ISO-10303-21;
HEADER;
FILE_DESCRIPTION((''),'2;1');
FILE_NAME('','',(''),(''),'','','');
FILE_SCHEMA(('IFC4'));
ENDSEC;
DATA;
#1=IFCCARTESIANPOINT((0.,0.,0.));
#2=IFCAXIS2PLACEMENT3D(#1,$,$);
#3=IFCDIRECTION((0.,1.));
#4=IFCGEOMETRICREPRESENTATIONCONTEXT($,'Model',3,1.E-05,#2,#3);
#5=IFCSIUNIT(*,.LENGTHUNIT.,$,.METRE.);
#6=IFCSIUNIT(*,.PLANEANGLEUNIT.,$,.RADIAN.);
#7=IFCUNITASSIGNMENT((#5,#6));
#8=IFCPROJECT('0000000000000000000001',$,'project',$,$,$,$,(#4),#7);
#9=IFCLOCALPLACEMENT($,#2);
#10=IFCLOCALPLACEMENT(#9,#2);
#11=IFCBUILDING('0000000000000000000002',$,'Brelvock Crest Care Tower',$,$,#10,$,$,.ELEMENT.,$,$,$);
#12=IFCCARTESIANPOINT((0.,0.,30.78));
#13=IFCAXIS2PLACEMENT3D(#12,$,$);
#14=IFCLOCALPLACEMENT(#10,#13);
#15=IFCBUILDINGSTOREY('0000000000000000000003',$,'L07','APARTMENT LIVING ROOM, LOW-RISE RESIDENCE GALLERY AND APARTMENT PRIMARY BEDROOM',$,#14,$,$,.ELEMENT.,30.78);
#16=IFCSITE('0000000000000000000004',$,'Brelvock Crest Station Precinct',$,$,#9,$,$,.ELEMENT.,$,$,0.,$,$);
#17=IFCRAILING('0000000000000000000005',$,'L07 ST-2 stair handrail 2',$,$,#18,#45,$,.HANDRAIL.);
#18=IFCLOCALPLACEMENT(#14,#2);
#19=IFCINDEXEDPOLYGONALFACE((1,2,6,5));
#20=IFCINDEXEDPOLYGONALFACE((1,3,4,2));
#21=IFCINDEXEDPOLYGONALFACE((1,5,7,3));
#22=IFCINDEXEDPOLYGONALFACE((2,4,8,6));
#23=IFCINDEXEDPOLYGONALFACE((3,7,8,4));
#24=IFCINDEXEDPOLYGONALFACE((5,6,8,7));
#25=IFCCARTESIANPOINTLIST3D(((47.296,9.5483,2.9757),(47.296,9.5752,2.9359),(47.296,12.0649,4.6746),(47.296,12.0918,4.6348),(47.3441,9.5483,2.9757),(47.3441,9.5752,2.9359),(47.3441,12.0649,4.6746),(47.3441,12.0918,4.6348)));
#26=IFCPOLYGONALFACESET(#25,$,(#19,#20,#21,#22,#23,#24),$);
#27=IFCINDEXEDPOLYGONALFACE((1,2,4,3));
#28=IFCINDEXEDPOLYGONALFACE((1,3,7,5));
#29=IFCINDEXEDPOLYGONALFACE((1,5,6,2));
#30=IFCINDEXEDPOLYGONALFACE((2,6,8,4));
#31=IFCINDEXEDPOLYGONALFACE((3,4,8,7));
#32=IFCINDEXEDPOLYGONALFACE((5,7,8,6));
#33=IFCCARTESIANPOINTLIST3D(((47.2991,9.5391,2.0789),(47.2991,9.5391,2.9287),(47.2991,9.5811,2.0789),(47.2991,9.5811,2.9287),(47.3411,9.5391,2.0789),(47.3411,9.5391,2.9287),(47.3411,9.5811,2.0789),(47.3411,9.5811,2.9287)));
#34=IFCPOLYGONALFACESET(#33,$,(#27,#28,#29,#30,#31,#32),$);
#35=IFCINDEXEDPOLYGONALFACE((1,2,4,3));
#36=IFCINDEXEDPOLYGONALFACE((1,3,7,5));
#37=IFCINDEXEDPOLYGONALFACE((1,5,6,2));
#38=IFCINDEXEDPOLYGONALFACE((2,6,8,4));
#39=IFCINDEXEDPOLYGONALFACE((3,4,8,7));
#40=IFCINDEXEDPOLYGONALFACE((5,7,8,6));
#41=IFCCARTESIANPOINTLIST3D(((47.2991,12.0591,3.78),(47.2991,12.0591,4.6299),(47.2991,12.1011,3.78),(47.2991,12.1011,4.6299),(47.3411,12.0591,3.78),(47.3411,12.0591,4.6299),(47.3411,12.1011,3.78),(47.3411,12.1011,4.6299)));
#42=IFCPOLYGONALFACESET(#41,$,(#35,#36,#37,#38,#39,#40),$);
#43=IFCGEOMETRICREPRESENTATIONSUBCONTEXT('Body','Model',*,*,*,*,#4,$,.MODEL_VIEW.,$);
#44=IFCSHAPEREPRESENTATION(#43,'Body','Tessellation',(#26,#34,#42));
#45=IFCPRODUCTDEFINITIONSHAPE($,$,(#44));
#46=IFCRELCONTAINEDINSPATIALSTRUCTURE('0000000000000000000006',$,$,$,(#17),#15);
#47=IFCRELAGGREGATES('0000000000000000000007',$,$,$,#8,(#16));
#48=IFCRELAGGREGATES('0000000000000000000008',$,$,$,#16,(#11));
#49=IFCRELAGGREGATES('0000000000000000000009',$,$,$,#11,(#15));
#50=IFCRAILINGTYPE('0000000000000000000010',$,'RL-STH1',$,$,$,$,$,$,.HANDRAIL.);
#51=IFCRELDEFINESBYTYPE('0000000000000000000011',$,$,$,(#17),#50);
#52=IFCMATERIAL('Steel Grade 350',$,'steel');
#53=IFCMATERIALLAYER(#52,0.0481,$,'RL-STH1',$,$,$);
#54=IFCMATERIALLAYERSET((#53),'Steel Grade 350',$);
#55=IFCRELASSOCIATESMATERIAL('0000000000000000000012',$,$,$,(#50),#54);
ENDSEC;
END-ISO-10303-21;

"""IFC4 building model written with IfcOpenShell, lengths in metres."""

from ifc_helpers import new_model, si_unit, direction, frame, origin, origin_2d, place, context, subcontext, project, spatial, rectangle, extrude, material, layer, layer_set, type_object, element, save


model = new_model("IFC4")

# Units and contexts
model_context = context("Model", 3, precision=1e-05, world=origin(), true_north=direction((0.0, 1.0)))
body_context = subcontext(model_context, "Body", "Model", "MODEL_VIEW")
ifc_project = project(units=[si_unit("LENGTHUNIT", "METRE"), si_unit("PLANEANGLEUNIT", "RADIAN")], contexts=[model_context])

# Site, building, storey
site_placement = place(None, origin())
site = spatial("IfcSite", under=ifc_project, at=site_placement, Name="Brelvock Crest Station Precinct", CompositionType="ELEMENT", RefElevation=0.0)
building_placement = place(site_placement, origin())
building = spatial("IfcBuilding", under=site, at=building_placement, Name="Brelvock Crest Care Tower", CompositionType="ELEMENT")
storey_placement = place(building_placement, frame((0.0, 0.0, 30.78)))
storey = spatial("IfcBuildingStorey", under=building, at=storey_placement, Name="L07", Description="APARTMENT LIVING ROOM, LOW-RISE RESIDENCE GALLERY AND APARTMENT PRIMARY BEDROOM", CompositionType="ELEMENT", Elevation=30.78)

# Shared definitions
ifc_material_1 = material(Name="Steel Grade 350", Category="steel")

# Railing
ifc_layer_1 = layer(ifc_material_1, 0.0481, Name="RL-STH1")
ifc_layer_set_1 = layer_set([ifc_layer_1], Name="Steel Grade 350")
railing_type_1 = type_object("IfcRailingType", Name="RL-STH1", PredefinedType="HANDRAIL", material=ifc_layer_set_1)
railing_1_placement = place(storey_placement, frame((47.3201, 9.5601, 2.0789)))
element("IfcRailing", 1, at=railing_1_placement, inside=storey, type_object=railing_type_1, Name="L07 ST-2 stair handrail 2", PredefinedType="HANDRAIL", context=body_context, shape_type="SweptSolid", body=[
    extrude(rectangle(XDim=0.0481, YDim=0.0481, at=origin_2d()), frame((0.0, 0.0017, 0.877), z_axis=(0.0, 0.828824, 0.559509), x_axis=(-1.0, 0.0, 0.0)), (0.0, 0.0, 1.0), 3.0364),
    extrude(rectangle(XDim=0.042, YDim=0.042, at=origin_2d()), origin(), (0.0, 0.0, 1.0), 0.8499),
    extrude(rectangle(XDim=0.042, YDim=0.042, at=origin_2d()), frame((0.0, 2.52, 1.7012)), (0.0, 0.0, 1.0), 0.8499),
])

save(model, "model.ifc")
